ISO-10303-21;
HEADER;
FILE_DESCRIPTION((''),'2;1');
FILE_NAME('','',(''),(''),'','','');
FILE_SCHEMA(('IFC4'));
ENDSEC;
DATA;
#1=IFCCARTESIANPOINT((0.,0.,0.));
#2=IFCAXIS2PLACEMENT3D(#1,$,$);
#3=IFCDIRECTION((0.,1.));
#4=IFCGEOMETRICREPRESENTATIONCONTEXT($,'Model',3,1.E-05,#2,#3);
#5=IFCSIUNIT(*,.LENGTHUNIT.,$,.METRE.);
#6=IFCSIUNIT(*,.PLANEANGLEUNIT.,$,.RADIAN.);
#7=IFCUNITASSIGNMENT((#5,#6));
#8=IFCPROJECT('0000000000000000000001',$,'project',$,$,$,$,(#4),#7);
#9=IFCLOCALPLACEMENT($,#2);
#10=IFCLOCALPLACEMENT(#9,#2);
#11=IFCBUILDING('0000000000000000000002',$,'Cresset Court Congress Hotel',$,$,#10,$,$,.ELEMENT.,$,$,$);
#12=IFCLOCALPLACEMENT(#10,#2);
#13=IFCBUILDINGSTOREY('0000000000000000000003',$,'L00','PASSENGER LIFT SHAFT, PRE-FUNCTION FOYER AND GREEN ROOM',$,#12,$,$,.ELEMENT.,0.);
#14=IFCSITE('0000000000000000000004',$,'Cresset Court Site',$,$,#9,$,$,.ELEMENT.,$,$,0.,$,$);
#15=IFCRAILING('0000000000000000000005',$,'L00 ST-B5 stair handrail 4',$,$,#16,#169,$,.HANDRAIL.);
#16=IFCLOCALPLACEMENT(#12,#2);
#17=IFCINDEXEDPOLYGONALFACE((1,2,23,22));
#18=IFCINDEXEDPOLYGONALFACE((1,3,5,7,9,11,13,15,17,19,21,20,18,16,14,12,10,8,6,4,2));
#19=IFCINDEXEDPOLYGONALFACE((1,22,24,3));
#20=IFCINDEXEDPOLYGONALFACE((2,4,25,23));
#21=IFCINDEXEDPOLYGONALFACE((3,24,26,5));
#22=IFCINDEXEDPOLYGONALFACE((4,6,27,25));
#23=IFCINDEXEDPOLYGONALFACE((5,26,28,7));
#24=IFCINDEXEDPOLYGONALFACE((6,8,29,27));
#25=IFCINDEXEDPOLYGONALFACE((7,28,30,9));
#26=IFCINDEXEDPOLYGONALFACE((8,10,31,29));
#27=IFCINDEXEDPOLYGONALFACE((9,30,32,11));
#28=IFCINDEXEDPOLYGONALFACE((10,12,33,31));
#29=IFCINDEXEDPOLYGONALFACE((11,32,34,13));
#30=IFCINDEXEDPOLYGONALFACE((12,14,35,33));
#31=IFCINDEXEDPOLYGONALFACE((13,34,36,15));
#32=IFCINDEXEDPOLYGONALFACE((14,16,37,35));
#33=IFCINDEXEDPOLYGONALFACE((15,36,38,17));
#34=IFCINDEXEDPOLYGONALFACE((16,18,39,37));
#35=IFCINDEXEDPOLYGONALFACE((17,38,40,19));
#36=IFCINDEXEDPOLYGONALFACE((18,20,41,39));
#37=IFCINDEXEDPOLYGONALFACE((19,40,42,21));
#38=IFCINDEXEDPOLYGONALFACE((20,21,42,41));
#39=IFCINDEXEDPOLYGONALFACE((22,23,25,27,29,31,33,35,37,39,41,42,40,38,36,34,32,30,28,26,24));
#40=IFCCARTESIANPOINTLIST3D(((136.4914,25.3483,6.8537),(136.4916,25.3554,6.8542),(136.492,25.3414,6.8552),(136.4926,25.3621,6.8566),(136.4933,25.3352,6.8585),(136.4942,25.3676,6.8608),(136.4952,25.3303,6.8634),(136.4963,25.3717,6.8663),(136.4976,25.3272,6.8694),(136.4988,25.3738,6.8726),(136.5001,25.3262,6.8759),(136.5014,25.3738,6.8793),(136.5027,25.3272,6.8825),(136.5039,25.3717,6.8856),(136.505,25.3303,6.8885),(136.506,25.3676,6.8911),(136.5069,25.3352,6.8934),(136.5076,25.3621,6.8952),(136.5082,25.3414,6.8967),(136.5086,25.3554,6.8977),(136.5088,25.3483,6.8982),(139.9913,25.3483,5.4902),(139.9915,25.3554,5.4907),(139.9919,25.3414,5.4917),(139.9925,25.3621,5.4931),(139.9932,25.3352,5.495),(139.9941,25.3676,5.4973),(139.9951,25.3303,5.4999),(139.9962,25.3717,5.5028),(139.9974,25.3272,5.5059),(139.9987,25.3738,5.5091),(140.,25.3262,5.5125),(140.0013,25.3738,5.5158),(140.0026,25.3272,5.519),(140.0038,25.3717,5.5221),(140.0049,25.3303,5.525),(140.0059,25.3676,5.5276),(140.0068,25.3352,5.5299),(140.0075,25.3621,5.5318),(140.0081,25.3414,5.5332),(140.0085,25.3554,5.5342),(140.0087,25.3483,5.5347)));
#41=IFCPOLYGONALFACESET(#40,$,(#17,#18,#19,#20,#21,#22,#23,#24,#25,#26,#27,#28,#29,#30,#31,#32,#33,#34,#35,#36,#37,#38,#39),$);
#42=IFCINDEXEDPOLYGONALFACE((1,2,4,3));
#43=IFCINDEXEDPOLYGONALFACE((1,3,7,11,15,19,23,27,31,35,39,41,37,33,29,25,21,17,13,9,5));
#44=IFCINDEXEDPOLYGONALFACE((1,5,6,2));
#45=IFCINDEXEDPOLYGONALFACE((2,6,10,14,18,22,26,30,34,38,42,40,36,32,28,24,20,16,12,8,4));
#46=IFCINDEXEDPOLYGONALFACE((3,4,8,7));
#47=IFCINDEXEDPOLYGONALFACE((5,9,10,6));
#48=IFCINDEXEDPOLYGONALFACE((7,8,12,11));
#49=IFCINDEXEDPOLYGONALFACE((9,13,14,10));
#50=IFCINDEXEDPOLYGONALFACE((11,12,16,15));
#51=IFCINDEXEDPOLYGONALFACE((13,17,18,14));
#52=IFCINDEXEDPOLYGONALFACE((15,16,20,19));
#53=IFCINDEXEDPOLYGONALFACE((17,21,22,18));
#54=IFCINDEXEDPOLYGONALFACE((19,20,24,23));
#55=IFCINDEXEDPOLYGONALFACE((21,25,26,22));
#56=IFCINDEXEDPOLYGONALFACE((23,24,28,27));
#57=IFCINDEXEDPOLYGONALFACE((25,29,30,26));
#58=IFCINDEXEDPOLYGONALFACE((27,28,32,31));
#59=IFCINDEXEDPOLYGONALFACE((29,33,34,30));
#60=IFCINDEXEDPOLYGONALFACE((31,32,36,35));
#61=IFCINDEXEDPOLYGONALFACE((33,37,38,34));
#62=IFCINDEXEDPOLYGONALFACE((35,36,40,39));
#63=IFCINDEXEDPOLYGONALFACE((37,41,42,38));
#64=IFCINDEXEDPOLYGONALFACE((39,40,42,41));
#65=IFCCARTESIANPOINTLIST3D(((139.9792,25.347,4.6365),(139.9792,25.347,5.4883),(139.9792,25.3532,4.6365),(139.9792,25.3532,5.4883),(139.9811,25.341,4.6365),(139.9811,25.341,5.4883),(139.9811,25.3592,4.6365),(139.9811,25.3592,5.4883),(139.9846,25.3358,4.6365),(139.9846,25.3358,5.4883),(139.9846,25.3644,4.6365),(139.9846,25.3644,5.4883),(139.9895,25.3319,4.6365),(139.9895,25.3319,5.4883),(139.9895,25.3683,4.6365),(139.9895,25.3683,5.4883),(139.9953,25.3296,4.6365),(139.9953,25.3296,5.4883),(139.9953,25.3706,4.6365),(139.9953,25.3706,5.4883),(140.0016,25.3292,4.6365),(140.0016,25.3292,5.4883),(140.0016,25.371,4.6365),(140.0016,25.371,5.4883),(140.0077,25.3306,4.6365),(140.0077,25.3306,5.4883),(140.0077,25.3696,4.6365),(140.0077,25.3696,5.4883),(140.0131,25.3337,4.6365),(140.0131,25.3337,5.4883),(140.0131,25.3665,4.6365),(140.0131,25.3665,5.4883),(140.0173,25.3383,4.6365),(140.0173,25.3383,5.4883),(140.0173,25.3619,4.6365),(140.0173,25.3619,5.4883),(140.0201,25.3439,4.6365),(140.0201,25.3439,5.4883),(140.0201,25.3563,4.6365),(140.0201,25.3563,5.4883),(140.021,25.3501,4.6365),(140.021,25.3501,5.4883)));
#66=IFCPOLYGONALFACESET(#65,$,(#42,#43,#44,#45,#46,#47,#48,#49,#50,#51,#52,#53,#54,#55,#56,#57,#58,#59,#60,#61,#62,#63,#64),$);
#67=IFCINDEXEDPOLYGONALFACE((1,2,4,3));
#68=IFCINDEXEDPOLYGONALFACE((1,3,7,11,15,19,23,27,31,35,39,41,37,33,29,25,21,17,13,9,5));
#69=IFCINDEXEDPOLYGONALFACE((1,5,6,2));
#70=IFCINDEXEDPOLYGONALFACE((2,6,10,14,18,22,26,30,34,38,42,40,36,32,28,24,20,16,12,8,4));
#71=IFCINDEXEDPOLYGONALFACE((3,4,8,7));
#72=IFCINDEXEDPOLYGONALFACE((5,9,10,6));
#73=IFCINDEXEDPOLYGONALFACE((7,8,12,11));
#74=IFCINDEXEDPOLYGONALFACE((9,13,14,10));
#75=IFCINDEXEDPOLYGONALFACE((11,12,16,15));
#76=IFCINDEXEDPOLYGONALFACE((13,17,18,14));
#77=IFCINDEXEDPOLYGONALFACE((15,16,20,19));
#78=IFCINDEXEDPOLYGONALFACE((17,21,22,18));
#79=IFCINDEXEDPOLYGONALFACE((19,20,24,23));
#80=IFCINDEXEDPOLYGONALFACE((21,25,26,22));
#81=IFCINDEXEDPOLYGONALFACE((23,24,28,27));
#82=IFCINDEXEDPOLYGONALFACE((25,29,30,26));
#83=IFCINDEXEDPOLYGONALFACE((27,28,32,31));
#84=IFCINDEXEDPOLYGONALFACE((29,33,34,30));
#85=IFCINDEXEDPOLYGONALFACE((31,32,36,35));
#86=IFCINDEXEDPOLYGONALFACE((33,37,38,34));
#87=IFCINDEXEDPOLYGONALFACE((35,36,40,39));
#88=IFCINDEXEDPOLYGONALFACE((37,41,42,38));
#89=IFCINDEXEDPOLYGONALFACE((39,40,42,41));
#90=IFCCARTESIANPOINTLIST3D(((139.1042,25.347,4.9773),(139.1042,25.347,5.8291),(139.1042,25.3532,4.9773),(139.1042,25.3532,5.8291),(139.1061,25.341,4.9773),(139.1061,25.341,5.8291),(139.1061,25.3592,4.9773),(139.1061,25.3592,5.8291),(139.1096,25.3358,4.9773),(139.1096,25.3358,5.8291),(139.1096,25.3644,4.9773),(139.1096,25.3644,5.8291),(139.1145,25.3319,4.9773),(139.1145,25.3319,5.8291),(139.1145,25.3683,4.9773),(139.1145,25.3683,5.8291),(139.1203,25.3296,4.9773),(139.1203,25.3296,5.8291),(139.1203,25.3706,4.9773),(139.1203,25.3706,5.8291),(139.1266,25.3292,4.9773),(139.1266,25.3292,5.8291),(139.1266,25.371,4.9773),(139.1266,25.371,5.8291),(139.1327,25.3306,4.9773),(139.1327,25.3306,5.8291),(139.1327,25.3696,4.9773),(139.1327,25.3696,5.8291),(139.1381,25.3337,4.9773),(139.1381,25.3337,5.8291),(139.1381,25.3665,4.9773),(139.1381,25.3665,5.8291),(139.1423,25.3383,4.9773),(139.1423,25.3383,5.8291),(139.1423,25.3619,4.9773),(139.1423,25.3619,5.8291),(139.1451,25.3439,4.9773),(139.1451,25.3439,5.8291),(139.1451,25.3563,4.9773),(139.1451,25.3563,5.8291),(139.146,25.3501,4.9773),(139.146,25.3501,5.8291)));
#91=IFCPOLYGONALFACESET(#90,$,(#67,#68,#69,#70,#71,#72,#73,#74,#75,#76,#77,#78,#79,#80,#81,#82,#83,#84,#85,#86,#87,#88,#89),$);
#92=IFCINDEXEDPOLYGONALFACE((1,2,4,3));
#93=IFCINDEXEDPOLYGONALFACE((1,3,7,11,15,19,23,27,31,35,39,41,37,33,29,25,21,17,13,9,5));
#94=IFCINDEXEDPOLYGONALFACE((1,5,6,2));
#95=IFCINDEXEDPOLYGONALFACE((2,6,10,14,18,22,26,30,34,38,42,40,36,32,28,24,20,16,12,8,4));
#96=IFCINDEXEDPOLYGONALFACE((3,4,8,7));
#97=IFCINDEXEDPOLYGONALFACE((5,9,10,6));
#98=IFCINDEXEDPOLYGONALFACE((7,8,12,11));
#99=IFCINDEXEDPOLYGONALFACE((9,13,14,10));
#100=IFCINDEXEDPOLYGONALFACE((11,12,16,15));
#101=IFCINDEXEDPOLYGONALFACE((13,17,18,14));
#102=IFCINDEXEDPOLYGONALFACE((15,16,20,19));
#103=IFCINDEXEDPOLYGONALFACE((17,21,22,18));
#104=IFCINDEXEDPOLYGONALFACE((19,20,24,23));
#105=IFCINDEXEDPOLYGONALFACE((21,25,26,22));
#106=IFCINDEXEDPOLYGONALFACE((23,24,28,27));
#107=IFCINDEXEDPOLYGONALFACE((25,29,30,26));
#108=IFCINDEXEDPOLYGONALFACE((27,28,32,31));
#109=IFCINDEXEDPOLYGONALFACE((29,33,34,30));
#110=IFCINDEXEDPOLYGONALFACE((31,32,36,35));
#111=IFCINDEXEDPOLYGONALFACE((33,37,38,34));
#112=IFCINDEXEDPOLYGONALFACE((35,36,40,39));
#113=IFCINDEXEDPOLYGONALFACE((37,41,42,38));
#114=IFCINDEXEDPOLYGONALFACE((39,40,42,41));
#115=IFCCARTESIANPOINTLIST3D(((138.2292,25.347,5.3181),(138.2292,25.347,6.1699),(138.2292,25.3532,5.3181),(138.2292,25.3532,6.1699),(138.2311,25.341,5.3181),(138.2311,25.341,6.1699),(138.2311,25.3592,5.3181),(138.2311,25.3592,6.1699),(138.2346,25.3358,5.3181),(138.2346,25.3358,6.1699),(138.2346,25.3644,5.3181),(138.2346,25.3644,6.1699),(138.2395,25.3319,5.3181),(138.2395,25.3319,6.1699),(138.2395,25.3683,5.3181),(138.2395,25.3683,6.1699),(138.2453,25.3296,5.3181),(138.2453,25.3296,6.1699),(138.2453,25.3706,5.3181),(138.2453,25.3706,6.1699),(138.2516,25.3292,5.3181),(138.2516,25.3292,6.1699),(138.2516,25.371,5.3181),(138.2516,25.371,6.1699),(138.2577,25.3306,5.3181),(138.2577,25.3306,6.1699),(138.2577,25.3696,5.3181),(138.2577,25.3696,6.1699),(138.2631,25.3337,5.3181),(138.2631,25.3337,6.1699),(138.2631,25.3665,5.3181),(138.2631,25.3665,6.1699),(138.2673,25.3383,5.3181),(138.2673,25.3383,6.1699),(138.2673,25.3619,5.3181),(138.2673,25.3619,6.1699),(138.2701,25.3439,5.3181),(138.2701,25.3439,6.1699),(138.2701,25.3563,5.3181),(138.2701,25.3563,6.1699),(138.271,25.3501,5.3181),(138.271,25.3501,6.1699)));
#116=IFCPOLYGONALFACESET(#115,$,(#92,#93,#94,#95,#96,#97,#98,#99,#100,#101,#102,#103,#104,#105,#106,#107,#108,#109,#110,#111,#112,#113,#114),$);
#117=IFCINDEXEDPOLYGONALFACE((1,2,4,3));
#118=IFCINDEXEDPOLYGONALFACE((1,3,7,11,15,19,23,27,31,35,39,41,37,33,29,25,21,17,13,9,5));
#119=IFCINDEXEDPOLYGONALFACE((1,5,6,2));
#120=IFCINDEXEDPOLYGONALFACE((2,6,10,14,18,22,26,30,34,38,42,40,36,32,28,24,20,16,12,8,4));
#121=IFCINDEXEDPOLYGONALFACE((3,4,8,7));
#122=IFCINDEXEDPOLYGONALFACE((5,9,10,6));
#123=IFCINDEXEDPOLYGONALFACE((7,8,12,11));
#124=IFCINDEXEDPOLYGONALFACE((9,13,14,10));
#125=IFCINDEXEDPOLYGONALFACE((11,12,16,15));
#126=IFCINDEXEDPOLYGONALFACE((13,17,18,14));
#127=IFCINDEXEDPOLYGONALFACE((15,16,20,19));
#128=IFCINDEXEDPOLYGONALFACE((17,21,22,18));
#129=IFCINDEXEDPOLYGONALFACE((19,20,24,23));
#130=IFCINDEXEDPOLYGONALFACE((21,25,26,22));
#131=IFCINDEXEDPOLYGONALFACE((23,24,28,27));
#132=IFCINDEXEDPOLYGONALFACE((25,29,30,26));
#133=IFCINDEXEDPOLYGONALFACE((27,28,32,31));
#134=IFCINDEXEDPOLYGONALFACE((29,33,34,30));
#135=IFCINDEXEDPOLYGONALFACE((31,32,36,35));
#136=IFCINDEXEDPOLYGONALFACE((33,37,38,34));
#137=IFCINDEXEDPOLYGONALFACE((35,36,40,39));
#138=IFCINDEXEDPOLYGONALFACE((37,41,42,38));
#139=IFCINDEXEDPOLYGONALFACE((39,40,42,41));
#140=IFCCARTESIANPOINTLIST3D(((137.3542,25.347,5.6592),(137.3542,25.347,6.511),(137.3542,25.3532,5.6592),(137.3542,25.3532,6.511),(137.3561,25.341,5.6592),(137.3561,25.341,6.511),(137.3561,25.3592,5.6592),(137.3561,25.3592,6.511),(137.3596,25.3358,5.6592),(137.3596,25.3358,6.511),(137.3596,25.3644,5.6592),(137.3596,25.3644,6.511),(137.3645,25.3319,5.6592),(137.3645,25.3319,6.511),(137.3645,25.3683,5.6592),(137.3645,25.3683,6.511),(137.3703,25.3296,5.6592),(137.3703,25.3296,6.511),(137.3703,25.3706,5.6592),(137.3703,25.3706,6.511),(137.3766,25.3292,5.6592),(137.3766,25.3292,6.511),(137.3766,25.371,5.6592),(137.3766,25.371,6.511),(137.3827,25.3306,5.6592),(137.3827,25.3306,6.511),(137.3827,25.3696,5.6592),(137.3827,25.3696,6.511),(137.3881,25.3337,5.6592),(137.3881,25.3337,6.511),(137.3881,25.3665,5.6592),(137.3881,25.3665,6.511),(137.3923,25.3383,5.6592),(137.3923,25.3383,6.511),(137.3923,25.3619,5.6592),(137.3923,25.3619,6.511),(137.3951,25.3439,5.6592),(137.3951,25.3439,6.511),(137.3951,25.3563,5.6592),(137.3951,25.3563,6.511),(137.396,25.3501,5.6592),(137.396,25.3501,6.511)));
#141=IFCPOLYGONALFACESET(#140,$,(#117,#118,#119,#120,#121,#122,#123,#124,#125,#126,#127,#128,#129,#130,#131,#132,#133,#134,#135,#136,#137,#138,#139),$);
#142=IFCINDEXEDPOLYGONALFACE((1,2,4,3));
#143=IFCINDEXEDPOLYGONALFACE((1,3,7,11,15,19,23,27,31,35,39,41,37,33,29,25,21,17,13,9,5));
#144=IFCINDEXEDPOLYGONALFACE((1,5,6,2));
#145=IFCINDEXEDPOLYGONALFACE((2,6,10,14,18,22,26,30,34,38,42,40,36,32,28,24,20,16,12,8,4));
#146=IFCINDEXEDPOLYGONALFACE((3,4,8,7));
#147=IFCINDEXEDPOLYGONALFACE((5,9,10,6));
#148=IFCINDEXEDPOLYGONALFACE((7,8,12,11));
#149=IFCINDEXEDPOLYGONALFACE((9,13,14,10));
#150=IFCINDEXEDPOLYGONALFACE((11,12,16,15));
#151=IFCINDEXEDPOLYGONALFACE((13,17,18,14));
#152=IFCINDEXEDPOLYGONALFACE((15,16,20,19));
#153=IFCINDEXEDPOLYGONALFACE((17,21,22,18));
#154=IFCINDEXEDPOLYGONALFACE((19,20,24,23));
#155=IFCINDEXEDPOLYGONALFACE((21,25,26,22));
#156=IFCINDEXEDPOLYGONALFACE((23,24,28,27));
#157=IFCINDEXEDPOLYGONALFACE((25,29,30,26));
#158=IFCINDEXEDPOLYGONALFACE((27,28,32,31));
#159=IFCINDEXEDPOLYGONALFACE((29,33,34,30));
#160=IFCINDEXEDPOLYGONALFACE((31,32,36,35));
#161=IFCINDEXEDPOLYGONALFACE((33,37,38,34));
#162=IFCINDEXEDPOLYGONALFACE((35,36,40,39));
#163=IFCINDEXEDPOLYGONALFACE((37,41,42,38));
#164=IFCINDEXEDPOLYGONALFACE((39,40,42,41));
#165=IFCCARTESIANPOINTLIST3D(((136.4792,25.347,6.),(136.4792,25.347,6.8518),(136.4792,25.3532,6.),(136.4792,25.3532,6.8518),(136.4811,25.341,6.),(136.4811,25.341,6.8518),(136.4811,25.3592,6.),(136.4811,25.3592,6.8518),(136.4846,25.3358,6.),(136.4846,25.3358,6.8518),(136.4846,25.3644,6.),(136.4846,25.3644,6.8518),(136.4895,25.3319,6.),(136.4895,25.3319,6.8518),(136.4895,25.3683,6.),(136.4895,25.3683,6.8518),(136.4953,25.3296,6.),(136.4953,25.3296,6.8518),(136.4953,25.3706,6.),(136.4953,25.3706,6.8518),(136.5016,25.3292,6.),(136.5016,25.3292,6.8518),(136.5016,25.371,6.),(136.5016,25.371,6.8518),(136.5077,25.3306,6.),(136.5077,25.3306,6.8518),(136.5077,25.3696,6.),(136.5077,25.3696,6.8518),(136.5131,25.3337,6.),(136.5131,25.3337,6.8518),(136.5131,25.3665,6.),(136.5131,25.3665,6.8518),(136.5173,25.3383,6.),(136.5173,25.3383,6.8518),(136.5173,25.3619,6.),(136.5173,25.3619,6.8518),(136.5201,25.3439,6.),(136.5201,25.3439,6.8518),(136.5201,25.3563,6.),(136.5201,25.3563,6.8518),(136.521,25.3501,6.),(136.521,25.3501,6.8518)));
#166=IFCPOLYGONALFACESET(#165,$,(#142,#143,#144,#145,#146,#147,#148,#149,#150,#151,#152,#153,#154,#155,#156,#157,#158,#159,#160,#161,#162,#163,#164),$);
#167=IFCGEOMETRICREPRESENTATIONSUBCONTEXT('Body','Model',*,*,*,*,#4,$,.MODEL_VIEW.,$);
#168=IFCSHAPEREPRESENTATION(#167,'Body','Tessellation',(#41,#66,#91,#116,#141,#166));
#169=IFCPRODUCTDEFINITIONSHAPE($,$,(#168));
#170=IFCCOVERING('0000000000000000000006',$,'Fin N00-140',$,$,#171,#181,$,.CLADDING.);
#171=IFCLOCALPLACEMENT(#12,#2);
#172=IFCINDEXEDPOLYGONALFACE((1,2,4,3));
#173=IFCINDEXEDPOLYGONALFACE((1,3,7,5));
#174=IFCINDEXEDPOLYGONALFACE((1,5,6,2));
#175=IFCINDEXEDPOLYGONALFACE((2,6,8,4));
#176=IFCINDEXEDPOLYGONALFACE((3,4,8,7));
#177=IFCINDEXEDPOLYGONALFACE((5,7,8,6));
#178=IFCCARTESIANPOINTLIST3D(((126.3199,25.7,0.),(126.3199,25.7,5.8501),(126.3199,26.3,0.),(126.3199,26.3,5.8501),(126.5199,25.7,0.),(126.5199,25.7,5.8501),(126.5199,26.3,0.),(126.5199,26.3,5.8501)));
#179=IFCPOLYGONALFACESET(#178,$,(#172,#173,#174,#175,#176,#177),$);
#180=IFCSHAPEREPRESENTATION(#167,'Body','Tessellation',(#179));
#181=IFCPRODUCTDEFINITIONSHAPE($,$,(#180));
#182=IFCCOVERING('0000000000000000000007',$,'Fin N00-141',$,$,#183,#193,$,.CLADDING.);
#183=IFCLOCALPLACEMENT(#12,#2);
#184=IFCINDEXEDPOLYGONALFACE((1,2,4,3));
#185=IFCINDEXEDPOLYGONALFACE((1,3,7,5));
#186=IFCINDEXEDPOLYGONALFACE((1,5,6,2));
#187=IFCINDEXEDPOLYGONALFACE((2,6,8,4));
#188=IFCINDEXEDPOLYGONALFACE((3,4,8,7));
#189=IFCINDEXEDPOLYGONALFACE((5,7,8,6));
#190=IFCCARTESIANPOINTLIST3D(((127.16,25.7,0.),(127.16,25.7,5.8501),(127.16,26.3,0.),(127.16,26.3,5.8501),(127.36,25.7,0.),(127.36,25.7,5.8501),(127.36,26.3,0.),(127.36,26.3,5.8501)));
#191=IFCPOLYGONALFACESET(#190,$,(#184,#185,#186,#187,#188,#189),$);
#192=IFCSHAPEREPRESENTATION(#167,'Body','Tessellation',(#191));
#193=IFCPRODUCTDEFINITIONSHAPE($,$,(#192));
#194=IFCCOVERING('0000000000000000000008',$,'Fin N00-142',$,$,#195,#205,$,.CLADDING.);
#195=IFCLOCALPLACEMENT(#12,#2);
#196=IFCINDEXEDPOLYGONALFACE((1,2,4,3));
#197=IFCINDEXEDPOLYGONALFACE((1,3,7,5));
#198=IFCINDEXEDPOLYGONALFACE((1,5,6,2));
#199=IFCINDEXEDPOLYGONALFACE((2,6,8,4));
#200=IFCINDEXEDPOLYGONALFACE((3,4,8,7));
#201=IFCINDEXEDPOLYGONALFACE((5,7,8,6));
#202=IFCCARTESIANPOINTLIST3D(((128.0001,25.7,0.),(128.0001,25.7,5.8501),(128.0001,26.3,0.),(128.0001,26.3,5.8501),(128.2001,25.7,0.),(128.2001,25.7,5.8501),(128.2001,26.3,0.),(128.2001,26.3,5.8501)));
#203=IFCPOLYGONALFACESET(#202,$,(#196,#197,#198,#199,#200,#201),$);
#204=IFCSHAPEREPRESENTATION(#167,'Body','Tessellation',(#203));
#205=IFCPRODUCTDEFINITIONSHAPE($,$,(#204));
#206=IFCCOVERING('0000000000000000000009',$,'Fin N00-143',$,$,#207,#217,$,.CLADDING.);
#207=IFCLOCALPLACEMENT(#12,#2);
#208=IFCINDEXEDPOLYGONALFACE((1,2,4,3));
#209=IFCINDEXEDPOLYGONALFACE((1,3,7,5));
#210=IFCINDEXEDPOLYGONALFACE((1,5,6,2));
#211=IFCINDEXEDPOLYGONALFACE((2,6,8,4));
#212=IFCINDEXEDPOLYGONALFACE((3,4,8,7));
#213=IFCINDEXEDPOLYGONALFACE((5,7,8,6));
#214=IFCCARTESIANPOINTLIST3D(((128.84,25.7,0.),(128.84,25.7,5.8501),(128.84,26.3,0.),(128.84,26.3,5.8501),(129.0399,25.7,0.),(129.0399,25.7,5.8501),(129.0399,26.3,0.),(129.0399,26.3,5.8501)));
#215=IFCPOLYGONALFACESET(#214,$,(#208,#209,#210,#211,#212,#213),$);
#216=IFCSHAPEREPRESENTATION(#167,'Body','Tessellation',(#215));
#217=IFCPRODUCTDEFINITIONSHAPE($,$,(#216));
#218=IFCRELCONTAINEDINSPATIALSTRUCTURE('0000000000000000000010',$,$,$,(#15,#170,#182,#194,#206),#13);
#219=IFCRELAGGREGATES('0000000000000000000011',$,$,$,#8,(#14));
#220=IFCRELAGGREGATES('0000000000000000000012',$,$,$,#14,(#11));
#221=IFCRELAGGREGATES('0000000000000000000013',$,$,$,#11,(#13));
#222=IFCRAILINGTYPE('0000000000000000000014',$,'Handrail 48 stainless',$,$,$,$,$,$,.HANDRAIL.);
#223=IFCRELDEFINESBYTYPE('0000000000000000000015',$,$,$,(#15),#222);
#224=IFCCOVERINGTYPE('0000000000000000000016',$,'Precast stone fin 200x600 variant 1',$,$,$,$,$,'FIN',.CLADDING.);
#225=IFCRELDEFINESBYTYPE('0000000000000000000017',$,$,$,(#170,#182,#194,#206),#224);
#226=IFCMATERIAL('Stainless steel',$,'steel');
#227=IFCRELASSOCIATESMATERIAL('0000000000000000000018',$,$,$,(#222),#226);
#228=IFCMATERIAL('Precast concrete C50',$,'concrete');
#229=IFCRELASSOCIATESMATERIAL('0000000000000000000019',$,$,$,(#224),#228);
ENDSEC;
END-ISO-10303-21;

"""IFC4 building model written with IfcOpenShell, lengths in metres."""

from ifc_helpers import new_model, si_unit, direction, frame, origin, origin_2d, place, context, subcontext, project, spatial, rectangle, circle, extrude, material, type_object, element, save


model = new_model("IFC4")

# Units and contexts
model_context = context("Model", 3, precision=1e-05, world=origin(), true_north=direction((0.0, 1.0)))
body_context = subcontext(model_context, "Body", "Model", "MODEL_VIEW")
ifc_project = project(units=[si_unit("LENGTHUNIT", "METRE"), si_unit("PLANEANGLEUNIT", "RADIAN")], contexts=[model_context])

# Site, building, storey
site_placement = place(None, origin())
site = spatial("IfcSite", under=ifc_project, at=site_placement, Name="Cresset Court Site", CompositionType="ELEMENT", RefElevation=0.0)
building_placement = place(site_placement, origin())
building = spatial("IfcBuilding", under=site, at=building_placement, Name="Cresset Court Congress Hotel", CompositionType="ELEMENT")
storey_placement = place(building_placement, origin())
storey = spatial("IfcBuildingStorey", under=building, at=storey_placement, Name="L00", Description="PASSENGER LIFT SHAFT, PRE-FUNCTION FOYER AND GREEN ROOM", CompositionType="ELEMENT", Elevation=0.0)

# Railing
ifc_material_1 = material(Name="Stainless steel", Category="steel")
railing_type = type_object("IfcRailingType", Name="Handrail 48 stainless", PredefinedType="HANDRAIL", material=ifc_material_1)
for number, where, name in (
    (1, (140.0, 25.3501, 4.6365), "L00 ST-B5 stair handrail 4"),
):
    element("IfcRailing", number, at=place(storey_placement, frame(where)), inside=storey, type_object=railing_type, Name=name, PredefinedType="HANDRAIL", context=body_context, shape_type="SweptSolid", body=[
        extrude(circle(Radius=0.0239, at=origin_2d()), frame((0.0, 0.0, 0.876), z_axis=(-0.931787, 0.0, 0.363005), x_axis=(0.0, -1.0, 0.0)), (0.0, 0.0, 1.0), 3.7561),
        extrude(circle(Radius=0.021, at=origin_2d()), origin(), (0.0, 0.0, 1.0), 0.8518),
        extrude(circle(Radius=0.021, at=origin_2d()), frame((-0.875, 0.0, 0.3408)), (0.0, 0.0, 1.0), 0.8518),
        extrude(circle(Radius=0.021, at=origin_2d()), frame((-1.75, 0.0, 0.6816)), (0.0, 0.0, 1.0), 0.8518),
        extrude(circle(Radius=0.021, at=origin_2d()), frame((-2.625, 0.0, 1.0227)), (0.0, 0.0, 1.0), 0.8518),
        extrude(circle(Radius=0.021, at=origin_2d()), frame((-3.5, 0.0, 1.3635)), (0.0, 0.0, 1.0), 0.8518),
    ])

# Coverings
ifc_material_2 = material(Name="Precast concrete C50", Category="concrete")
covering_type = type_object("IfcCoveringType", Name="Precast stone fin 200x600 variant 1", ElementType="FIN", PredefinedType="CLADDING", material=ifc_material_2)
for number, where, z_axis, x_axis, name in (
    (2, (126.4199, 26.0, 0.0), (0.0, 0.0, 1.0), (1.0, 0.0, 0.0), "Fin N00-140"),
    (3, (127.26, 26.0, 0.0), (0.0, 0.0, 1.0), (1.0, 0.0, 0.0), "Fin N00-141"),
    (4, (128.1001, 26.0, 0.0), (0.0, 0.0, 1.0), (1.0, 0.0, 0.0), "Fin N00-142"),
    (5, (128.9399, 26.0, 0.0), (0.0, 0.0, 1.0), (1.0, 0.0, 0.0), "Fin N00-143"),
):
    element("IfcCovering", number, at=place(storey_placement, frame(where, z_axis=z_axis, x_axis=x_axis)), inside=storey, type_object=covering_type, Name=name, PredefinedType="CLADDING", context=body_context, shape_type="SweptSolid", body=[
        extrude(rectangle(XDim=0.2, YDim=0.6001, at=origin_2d()), origin(), (0.0, 0.0, 1.0), 5.8501),
    ])

save(model, "model.ifc")
